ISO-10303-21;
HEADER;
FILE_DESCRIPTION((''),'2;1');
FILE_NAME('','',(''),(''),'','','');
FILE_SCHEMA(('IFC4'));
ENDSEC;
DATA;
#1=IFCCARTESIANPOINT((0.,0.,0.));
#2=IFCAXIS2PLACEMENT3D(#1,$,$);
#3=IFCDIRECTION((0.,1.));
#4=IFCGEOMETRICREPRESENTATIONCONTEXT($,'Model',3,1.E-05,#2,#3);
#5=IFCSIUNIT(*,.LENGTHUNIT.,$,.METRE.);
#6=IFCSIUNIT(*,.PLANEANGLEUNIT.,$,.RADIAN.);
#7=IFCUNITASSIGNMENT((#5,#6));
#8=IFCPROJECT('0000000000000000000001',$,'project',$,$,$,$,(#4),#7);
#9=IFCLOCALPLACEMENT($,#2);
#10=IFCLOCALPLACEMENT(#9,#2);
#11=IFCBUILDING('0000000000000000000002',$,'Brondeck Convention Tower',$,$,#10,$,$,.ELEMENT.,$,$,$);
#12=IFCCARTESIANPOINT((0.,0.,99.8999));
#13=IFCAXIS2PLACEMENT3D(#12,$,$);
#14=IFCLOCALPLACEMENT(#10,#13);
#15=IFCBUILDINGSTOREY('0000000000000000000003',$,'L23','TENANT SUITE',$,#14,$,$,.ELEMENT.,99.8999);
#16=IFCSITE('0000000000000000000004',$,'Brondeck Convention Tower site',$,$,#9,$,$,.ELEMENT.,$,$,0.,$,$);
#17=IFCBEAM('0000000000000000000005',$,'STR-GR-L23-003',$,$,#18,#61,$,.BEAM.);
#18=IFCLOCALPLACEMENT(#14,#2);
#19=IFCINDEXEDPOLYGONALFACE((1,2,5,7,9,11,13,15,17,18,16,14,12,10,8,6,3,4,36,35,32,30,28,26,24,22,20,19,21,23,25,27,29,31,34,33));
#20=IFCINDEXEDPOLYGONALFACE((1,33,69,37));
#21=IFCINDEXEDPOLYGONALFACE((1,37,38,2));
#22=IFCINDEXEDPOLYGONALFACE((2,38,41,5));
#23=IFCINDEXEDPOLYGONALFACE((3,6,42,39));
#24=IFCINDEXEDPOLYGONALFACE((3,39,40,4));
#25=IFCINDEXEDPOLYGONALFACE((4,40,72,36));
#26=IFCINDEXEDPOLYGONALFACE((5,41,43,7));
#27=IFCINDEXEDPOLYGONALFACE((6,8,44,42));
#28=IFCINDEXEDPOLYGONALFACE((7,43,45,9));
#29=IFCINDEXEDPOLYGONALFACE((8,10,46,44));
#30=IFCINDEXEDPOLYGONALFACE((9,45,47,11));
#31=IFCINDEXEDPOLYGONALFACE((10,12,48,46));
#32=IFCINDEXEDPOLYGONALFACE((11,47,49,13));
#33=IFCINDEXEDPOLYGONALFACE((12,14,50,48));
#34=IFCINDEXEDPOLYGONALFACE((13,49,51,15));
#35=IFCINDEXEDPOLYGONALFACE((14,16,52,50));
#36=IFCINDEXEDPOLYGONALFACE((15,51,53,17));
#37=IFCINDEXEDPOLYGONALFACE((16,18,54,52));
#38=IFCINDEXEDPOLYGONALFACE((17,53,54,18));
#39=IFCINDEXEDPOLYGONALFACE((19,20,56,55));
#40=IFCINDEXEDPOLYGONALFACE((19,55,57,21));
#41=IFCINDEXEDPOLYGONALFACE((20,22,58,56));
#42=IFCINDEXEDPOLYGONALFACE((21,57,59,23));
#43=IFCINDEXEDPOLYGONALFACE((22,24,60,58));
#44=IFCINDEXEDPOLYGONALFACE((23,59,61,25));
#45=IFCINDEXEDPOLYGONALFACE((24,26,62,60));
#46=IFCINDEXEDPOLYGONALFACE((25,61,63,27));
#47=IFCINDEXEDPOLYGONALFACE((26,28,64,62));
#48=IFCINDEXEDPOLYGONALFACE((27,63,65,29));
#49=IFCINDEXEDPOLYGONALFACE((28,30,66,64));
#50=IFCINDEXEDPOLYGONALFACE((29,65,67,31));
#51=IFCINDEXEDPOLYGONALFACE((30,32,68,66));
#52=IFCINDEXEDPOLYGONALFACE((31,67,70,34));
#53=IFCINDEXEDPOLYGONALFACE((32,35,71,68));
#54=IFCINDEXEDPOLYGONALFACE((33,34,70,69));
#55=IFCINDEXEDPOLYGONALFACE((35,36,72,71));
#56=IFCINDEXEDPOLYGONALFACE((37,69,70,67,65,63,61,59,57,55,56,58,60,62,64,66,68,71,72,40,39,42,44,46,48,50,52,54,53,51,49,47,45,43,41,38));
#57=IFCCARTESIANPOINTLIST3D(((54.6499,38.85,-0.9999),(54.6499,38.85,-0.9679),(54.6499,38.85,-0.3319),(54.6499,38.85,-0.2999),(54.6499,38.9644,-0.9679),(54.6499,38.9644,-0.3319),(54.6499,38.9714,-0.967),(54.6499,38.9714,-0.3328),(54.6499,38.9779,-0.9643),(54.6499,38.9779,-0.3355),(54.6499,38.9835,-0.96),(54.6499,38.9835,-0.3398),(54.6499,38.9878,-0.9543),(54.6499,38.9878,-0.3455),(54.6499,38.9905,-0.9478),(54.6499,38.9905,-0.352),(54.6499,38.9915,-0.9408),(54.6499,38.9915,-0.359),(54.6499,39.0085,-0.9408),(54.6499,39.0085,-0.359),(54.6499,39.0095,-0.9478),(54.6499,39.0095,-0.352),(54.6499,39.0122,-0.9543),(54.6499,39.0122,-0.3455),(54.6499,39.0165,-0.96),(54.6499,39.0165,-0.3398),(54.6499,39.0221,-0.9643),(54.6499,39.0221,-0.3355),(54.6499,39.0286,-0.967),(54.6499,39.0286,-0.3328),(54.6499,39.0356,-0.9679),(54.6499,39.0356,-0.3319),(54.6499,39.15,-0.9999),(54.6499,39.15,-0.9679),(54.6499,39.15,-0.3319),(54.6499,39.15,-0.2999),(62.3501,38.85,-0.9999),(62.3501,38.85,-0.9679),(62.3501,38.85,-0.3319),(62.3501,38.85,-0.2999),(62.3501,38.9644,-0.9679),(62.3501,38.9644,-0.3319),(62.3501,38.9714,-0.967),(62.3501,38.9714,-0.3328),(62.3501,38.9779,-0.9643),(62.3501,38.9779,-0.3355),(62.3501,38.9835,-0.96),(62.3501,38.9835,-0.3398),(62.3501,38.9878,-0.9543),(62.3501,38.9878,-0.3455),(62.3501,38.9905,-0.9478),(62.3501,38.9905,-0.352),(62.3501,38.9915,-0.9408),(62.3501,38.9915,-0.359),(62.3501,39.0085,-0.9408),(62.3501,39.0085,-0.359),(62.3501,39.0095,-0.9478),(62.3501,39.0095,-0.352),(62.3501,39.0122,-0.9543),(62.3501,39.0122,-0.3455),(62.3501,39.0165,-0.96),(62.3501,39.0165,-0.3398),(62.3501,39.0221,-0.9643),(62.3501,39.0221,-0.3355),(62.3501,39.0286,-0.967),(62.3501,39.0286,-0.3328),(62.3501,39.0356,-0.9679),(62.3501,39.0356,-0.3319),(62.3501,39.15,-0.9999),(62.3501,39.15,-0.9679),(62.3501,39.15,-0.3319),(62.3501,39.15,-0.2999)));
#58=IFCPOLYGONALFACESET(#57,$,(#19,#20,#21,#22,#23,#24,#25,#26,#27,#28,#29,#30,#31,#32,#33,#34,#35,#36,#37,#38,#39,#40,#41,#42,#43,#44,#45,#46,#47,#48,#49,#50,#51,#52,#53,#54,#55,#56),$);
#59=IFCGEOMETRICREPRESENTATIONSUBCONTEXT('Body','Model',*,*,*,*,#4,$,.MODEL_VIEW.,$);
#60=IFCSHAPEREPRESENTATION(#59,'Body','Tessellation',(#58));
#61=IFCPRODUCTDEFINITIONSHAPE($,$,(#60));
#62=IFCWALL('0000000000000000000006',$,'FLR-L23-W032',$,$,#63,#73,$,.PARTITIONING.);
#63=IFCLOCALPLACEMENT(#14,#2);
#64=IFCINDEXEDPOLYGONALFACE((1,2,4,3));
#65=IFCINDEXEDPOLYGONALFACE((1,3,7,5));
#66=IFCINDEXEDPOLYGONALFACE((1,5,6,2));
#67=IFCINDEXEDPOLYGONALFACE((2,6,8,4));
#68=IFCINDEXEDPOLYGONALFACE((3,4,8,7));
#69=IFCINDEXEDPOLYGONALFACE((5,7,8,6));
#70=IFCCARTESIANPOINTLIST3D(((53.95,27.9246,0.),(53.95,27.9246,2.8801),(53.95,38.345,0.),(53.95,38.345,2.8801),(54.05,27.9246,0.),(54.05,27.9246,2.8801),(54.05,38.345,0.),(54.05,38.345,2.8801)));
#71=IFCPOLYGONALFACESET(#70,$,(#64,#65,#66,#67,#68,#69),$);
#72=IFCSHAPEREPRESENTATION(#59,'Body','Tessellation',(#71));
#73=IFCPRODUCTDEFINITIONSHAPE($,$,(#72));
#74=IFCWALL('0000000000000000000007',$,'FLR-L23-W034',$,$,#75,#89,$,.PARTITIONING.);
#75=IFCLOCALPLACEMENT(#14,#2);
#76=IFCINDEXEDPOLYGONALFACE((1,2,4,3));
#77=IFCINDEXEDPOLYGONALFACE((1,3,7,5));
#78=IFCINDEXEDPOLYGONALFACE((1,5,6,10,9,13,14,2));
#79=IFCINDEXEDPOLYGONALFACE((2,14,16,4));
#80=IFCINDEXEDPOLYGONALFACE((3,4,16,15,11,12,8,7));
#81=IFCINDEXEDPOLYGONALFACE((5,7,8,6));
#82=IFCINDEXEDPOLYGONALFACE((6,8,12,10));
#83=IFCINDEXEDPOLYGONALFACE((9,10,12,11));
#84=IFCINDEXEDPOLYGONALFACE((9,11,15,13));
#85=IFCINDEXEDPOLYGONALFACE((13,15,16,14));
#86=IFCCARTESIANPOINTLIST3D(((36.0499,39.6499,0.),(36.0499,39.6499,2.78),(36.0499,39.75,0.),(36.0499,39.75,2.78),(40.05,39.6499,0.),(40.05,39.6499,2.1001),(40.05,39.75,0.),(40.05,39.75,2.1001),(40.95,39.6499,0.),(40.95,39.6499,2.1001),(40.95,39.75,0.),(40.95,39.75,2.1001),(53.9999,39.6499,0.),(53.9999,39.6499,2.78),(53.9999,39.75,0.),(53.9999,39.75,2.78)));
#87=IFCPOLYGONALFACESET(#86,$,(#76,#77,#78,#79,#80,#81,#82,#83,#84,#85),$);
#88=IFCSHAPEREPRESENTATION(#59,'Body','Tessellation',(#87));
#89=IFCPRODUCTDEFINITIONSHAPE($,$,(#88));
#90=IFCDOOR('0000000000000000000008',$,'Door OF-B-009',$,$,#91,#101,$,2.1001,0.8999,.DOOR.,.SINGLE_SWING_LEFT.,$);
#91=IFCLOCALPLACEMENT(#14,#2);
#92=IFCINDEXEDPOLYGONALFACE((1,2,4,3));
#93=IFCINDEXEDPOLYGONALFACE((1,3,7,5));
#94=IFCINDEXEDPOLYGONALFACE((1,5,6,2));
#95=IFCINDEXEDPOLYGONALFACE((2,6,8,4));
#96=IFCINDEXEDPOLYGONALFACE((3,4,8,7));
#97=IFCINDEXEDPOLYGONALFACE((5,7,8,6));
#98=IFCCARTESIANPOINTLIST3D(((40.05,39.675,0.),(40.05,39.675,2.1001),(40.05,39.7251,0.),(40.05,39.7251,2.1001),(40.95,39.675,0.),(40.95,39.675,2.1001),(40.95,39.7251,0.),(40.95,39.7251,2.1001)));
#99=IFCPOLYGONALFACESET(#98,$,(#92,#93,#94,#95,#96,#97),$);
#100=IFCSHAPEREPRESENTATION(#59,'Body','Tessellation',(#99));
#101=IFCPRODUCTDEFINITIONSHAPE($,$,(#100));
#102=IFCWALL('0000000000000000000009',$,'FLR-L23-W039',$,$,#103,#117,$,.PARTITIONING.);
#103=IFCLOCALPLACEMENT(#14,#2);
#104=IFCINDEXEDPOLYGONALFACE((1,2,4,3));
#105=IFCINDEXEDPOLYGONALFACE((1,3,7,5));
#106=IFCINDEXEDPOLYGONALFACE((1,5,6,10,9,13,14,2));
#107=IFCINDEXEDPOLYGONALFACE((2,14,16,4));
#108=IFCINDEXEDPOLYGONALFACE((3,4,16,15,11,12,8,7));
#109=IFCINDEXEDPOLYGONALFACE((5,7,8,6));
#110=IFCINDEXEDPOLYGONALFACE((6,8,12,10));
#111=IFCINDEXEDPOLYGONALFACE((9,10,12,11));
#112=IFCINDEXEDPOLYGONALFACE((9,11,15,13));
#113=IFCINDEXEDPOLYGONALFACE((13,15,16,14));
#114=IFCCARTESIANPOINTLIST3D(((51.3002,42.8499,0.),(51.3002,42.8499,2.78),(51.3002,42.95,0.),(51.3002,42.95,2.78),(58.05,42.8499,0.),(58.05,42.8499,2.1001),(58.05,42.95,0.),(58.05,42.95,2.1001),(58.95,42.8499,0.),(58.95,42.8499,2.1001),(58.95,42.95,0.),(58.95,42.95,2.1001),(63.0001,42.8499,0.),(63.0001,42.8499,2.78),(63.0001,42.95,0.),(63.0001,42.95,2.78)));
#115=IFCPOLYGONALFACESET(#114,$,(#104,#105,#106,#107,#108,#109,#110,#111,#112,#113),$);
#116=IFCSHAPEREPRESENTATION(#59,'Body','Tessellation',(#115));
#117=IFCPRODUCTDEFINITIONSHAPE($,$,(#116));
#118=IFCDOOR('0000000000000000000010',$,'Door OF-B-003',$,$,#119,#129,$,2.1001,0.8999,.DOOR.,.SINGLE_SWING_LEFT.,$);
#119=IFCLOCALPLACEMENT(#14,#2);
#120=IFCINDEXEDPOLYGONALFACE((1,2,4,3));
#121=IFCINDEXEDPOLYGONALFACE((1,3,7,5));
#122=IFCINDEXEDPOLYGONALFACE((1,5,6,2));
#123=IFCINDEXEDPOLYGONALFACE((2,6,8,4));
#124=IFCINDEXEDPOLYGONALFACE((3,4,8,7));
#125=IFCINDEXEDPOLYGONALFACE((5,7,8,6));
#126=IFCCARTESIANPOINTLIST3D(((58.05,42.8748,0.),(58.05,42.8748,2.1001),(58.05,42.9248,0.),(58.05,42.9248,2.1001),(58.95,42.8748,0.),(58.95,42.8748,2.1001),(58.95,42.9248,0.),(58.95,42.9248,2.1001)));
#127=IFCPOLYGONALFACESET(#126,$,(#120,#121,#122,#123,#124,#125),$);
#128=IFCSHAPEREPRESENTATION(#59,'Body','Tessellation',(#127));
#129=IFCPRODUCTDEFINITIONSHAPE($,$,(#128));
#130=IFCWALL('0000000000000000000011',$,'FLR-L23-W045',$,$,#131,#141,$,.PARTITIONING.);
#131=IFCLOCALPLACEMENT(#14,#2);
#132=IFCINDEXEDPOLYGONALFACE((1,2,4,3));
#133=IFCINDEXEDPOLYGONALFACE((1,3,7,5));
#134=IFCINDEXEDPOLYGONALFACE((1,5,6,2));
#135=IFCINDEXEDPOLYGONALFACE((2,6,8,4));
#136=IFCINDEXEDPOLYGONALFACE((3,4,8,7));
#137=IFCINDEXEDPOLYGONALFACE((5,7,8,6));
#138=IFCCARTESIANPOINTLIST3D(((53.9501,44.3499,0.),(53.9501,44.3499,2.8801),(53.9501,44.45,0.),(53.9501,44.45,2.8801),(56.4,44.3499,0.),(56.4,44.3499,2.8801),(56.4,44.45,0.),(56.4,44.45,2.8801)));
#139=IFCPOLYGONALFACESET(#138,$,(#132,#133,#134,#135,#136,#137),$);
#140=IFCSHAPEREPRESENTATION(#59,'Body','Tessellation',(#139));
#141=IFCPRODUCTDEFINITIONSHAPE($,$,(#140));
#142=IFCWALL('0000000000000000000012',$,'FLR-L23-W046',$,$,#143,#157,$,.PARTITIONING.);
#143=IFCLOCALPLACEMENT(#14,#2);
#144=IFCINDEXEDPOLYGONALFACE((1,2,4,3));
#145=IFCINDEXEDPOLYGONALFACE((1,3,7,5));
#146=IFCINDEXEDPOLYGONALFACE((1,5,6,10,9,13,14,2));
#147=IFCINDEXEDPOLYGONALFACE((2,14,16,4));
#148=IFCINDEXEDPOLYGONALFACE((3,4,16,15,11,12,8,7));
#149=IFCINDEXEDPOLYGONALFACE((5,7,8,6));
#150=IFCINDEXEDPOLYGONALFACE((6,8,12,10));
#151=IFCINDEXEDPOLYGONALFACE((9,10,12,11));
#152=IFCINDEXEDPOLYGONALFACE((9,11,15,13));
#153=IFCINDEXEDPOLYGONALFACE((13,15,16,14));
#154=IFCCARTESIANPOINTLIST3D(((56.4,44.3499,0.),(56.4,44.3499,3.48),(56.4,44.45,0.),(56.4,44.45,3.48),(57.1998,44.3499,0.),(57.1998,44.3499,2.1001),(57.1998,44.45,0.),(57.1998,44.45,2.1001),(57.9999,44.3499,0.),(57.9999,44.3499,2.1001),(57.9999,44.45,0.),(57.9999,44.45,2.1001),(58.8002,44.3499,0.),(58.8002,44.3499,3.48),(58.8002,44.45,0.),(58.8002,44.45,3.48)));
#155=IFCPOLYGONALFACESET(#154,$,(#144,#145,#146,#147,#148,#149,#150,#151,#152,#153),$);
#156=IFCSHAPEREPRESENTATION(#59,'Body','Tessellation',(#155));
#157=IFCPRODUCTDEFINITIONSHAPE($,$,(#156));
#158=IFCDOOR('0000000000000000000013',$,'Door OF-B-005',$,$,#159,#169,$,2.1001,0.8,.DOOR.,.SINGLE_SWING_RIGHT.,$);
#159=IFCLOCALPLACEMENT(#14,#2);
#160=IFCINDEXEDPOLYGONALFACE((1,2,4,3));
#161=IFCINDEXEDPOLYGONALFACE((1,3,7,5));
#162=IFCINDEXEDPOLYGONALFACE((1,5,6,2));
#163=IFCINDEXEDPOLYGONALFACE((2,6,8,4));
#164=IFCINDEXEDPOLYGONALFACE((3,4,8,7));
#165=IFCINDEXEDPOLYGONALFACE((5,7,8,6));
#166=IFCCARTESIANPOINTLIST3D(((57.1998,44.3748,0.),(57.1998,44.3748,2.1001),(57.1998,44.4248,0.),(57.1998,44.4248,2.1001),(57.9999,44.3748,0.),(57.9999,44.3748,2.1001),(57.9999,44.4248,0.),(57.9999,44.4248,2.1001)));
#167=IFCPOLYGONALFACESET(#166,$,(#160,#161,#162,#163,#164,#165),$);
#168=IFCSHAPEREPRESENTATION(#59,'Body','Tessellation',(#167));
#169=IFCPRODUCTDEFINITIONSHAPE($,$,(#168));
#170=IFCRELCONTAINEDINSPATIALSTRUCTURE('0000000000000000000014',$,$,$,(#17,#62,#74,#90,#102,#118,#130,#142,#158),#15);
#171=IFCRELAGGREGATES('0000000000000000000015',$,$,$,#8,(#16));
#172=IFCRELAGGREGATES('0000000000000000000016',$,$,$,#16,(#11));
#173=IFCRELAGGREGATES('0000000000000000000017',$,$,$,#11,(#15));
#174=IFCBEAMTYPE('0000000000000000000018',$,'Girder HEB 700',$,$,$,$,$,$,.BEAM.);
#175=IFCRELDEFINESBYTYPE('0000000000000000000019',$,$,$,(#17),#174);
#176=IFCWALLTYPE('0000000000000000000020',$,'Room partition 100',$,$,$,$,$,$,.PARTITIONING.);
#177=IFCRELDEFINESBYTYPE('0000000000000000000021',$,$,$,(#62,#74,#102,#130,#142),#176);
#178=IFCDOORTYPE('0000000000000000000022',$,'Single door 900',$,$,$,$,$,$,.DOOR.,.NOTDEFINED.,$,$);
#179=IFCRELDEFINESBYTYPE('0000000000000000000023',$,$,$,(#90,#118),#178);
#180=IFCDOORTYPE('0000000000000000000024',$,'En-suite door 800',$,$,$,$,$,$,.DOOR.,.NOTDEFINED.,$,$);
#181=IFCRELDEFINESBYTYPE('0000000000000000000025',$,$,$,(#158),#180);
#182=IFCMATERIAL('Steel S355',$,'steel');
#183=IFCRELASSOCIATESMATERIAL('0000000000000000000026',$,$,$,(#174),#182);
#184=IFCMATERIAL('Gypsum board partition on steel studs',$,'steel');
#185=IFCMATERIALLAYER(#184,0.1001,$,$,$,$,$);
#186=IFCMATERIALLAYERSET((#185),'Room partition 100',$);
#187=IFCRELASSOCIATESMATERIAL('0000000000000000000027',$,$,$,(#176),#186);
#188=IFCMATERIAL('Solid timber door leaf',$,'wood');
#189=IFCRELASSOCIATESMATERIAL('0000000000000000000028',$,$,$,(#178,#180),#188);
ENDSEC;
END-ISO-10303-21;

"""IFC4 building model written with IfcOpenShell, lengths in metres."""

from ifc_helpers import new_model, si_unit, direction, frame, frame_2d, origin, origin_2d, place, context, subcontext, project, spatial, rectangle, i_section, extrude, material, layer, layer_set, material_profile, profile_set, type_object, element, fill, save


model = new_model("IFC4")

# Units and contexts
model_context = context("Model", 3, precision=1e-05, world=origin(), true_north=direction((0.0, 1.0)))
body_context = subcontext(model_context, "Body", "Model", "MODEL_VIEW")
ifc_project = project(units=[si_unit("LENGTHUNIT", "METRE"), si_unit("PLANEANGLEUNIT", "RADIAN")], contexts=[model_context])

# Site, building, storey
site_placement = place(None, origin())
site = spatial("IfcSite", under=ifc_project, at=site_placement, Name="Brondeck Convention Tower site", CompositionType="ELEMENT", RefElevation=0.0)
building_placement = place(site_placement, origin())
building = spatial("IfcBuilding", under=site, at=building_placement, Name="Brondeck Convention Tower", CompositionType="ELEMENT")
storey_placement = place(building_placement, frame((0.0, 0.0, 99.8999)))
storey = spatial("IfcBuildingStorey", under=building, at=storey_placement, Name="L23", Description="TENANT SUITE", CompositionType="ELEMENT", Elevation=99.8999)

# Beam
ifc_material_1 = material(Name="Steel S355", Category="steel")
ifc_material_profile_1 = material_profile(ifc_material_1, i_section(OverallWidth=0.3, OverallDepth=0.7, WebThickness=0.0171, FlangeThickness=0.032, FilletRadius=0.0271, at=origin_2d()), Name="HEB 700")
ifc_profile_set_1 = profile_set([ifc_material_profile_1], Name="Steel S355")
beam_type_1 = type_object("IfcBeamType", Name="Girder HEB 700", PredefinedType="BEAM", material=ifc_profile_set_1)
for number, where, z_axis, x_axis, name in (
    (1, (54.6499, 39.0, -0.6499), (1.0, 0.0, 0.0), (0.0, 1.0, 0.0), "STR-GR-L23-003"),
):
    element("IfcBeam", number, at=place(storey_placement, frame(where, z_axis=z_axis, x_axis=x_axis)), inside=storey, type_object=beam_type_1, Name=name, PredefinedType="BEAM", context=body_context, shape_type="SweptSolid", body=[
        extrude(i_section(OverallWidth=0.3, OverallDepth=0.7, WebThickness=0.0171, FlangeThickness=0.032, FilletRadius=0.0271, at=origin_2d()), origin(), (0.0, 0.0, 1.0), 7.7002),
    ])

# Wall
ifc_material_2 = material(Name="Gypsum board partition on steel studs", Category="steel")
ifc_layer_1 = layer(ifc_material_2, 0.1001)
ifc_layer_set_1 = layer_set([ifc_layer_1], Name="Room partition 100")
wall_type_1 = type_object("IfcWallType", Name="Room partition 100", PredefinedType="PARTITIONING", material=ifc_layer_set_1)
wall_1_placement = place(storey_placement, frame((54.0, 38.345, 0.0), z_axis=(0.0, 0.0, 1.0), x_axis=(0.0, -1.0, 0.0)))
element("IfcWall", 2, at=wall_1_placement, inside=storey, type_object=wall_type_1, Name="FLR-L23-W032", PredefinedType="PARTITIONING", context=body_context, shape_type="SweptSolid", body=[
    extrude(rectangle(XDim=10.4204, YDim=0.1001, at=frame_2d((5.2102, 0.0))), origin(), (0.0, 0.0, 1.0), 2.8801),
])

# Walls, openings, doors
wall_2_placement = place(storey_placement, frame((54.0, 39.7, 0.0), z_axis=(0.0, 0.0, 1.0), x_axis=(-1.0, 0.0, 0.0)))
wall_2 = element("IfcWall", 3, at=wall_2_placement, inside=storey, type_object=wall_type_1, Name="FLR-L23-W034", PredefinedType="PARTITIONING", context=body_context, shape_type="SweptSolid", body=[
    extrude(rectangle(XDim=17.95, YDim=0.1001, at=frame_2d((8.9751, 0.0))), origin(), (0.0, 0.0, 1.0), 2.78),
])
opening_1_placement = place(wall_2_placement, frame((13.05, 0.0, 0.0)))
opening_1 = element("IfcOpeningElement", 4, at=opening_1_placement, cuts=wall_2, PredefinedType="OPENING", context=body_context, shape_type="SweptSolid", body=[
    extrude(rectangle(XDim=0.8999, YDim=2.1001, at=frame_2d((0.45, 1.05))), frame((0.0, 0.0601, 0.0), z_axis=(0.0, -1.0, 0.0), x_axis=(1.0, 0.0, 0.0)), (0.0, 0.0, 1.0), 0.1201),
])
ifc_material_3 = material(Name="Solid timber door leaf", Category="wood")
door_type_1 = type_object("IfcDoorType", Name="Single door 900", OperationType="NOTDEFINED", PredefinedType="DOOR", material=ifc_material_3)
door_1_placement = place(opening_1_placement, origin())
door_1 = element("IfcDoor", 5, at=door_1_placement, inside=storey, type_object=door_type_1, Name="Door OF-B-009", OperationType="SINGLE_SWING_LEFT", OverallHeight=2.1001, OverallWidth=0.8999, PredefinedType="DOOR", context=body_context, shape_type="SweptSolid", body=[
    extrude(rectangle(XDim=0.8999, YDim=2.1001, at=frame_2d((0.45, 1.05))), frame((0.0, 0.0249, 0.0), z_axis=(0.0, -1.0, 0.0), x_axis=(1.0, 0.0, 0.0)), (0.0, 0.0, 1.0), 0.05),
])
fill(opening_1, door_1)
wall_3_placement = place(storey_placement, frame((51.3, 42.8999, 0.0), z_axis=(0.0, 0.0, 1.0), x_axis=(1.0, 0.0, 0.0)))
wall_3 = element("IfcWall", 6, at=wall_3_placement, inside=storey, type_object=wall_type_1, Name="FLR-L23-W039", PredefinedType="PARTITIONING", context=body_context, shape_type="SweptSolid", body=[
    extrude(rectangle(XDim=11.7, YDim=0.1001, at=frame_2d((5.8501, 0.0))), origin(), (0.0, 0.0, 1.0), 2.78),
])
opening_2_placement = place(wall_3_placement, frame((6.75, 0.0, 0.0)))
opening_2 = element("IfcOpeningElement", 7, at=opening_2_placement, cuts=wall_3, PredefinedType="OPENING", context=body_context, shape_type="SweptSolid", body=[
    extrude(rectangle(XDim=0.8999, YDim=2.1001, at=frame_2d((0.45, 1.05))), frame((0.0, 0.0601, 0.0), z_axis=(0.0, -1.0, 0.0), x_axis=(1.0, 0.0, 0.0)), (0.0, 0.0, 1.0), 0.1201),
])
door_2_placement = place(opening_2_placement, origin())
door_2 = element("IfcDoor", 8, at=door_2_placement, inside=storey, type_object=door_type_1, Name="Door OF-B-003", OperationType="SINGLE_SWING_LEFT", OverallHeight=2.1001, OverallWidth=0.8999, PredefinedType="DOOR", context=body_context, shape_type="SweptSolid", body=[
    extrude(rectangle(XDim=0.8999, YDim=2.1001, at=frame_2d((0.45, 1.05))), frame((0.0, 0.0249, 0.0), z_axis=(0.0, -1.0, 0.0), x_axis=(1.0, 0.0, 0.0)), (0.0, 0.0, 1.0), 0.05),
])
fill(opening_2, door_2)

# Wall
wall_4_placement = place(storey_placement, frame((53.95, 44.3999, 0.0), z_axis=(0.0, 0.0, 1.0), x_axis=(1.0, 0.0, 0.0)))
element("IfcWall", 9, at=wall_4_placement, inside=storey, type_object=wall_type_1, Name="FLR-L23-W045", PredefinedType="PARTITIONING", context=body_context, shape_type="SweptSolid", body=[
    extrude(rectangle(XDim=2.45, YDim=0.1001, at=frame_2d((1.2251, 0.0))), origin(), (0.0, 0.0, 1.0), 2.8801),
])

# Wall, opening, door
wall_5_placement = place(storey_placement, frame((56.3999, 44.3999, 0.0), z_axis=(0.0, 0.0, 1.0), x_axis=(1.0, 0.0, 0.0)))
wall_5 = element("IfcWall", 10, at=wall_5_placement, inside=storey, type_object=wall_type_1, Name="FLR-L23-W046", PredefinedType="PARTITIONING", context=body_context, shape_type="SweptSolid", body=[
    extrude(rectangle(XDim=2.4001, YDim=0.1001, at=frame_2d((1.2002, 0.0))), origin(), (0.0, 0.0, 1.0), 3.48),
])
opening_3_placement = place(wall_5_placement, frame((0.8, 0.0, 0.0)))
opening_3 = element("IfcOpeningElement", 11, at=opening_3_placement, cuts=wall_5, PredefinedType="OPENING", context=body_context, shape_type="SweptSolid", body=[
    extrude(rectangle(XDim=0.8, YDim=2.1001, at=frame_2d((0.3999, 1.05))), frame((0.0, 0.0601, 0.0), z_axis=(0.0, -1.0, 0.0), x_axis=(1.0, 0.0, 0.0)), (0.0, 0.0, 1.0), 0.1201),
])
door_type_2 = type_object("IfcDoorType", Name="En-suite door 800", OperationType="NOTDEFINED", PredefinedType="DOOR", material=ifc_material_3)
door_3_placement = place(opening_3_placement, origin())
door_3 = element("IfcDoor", 12, at=door_3_placement, inside=storey, type_object=door_type_2, Name="Door OF-B-005", OperationType="SINGLE_SWING_RIGHT", OverallHeight=2.1001, OverallWidth=0.8, PredefinedType="DOOR", context=body_context, shape_type="SweptSolid", body=[
    extrude(rectangle(XDim=0.8, YDim=2.1001, at=frame_2d((0.3999, 1.05))), frame((0.0, 0.0249, 0.0), z_axis=(0.0, -1.0, 0.0), x_axis=(1.0, 0.0, 0.0)), (0.0, 0.0, 1.0), 0.05),
])
fill(opening_3, door_3)

save(model, "model.ifc")
